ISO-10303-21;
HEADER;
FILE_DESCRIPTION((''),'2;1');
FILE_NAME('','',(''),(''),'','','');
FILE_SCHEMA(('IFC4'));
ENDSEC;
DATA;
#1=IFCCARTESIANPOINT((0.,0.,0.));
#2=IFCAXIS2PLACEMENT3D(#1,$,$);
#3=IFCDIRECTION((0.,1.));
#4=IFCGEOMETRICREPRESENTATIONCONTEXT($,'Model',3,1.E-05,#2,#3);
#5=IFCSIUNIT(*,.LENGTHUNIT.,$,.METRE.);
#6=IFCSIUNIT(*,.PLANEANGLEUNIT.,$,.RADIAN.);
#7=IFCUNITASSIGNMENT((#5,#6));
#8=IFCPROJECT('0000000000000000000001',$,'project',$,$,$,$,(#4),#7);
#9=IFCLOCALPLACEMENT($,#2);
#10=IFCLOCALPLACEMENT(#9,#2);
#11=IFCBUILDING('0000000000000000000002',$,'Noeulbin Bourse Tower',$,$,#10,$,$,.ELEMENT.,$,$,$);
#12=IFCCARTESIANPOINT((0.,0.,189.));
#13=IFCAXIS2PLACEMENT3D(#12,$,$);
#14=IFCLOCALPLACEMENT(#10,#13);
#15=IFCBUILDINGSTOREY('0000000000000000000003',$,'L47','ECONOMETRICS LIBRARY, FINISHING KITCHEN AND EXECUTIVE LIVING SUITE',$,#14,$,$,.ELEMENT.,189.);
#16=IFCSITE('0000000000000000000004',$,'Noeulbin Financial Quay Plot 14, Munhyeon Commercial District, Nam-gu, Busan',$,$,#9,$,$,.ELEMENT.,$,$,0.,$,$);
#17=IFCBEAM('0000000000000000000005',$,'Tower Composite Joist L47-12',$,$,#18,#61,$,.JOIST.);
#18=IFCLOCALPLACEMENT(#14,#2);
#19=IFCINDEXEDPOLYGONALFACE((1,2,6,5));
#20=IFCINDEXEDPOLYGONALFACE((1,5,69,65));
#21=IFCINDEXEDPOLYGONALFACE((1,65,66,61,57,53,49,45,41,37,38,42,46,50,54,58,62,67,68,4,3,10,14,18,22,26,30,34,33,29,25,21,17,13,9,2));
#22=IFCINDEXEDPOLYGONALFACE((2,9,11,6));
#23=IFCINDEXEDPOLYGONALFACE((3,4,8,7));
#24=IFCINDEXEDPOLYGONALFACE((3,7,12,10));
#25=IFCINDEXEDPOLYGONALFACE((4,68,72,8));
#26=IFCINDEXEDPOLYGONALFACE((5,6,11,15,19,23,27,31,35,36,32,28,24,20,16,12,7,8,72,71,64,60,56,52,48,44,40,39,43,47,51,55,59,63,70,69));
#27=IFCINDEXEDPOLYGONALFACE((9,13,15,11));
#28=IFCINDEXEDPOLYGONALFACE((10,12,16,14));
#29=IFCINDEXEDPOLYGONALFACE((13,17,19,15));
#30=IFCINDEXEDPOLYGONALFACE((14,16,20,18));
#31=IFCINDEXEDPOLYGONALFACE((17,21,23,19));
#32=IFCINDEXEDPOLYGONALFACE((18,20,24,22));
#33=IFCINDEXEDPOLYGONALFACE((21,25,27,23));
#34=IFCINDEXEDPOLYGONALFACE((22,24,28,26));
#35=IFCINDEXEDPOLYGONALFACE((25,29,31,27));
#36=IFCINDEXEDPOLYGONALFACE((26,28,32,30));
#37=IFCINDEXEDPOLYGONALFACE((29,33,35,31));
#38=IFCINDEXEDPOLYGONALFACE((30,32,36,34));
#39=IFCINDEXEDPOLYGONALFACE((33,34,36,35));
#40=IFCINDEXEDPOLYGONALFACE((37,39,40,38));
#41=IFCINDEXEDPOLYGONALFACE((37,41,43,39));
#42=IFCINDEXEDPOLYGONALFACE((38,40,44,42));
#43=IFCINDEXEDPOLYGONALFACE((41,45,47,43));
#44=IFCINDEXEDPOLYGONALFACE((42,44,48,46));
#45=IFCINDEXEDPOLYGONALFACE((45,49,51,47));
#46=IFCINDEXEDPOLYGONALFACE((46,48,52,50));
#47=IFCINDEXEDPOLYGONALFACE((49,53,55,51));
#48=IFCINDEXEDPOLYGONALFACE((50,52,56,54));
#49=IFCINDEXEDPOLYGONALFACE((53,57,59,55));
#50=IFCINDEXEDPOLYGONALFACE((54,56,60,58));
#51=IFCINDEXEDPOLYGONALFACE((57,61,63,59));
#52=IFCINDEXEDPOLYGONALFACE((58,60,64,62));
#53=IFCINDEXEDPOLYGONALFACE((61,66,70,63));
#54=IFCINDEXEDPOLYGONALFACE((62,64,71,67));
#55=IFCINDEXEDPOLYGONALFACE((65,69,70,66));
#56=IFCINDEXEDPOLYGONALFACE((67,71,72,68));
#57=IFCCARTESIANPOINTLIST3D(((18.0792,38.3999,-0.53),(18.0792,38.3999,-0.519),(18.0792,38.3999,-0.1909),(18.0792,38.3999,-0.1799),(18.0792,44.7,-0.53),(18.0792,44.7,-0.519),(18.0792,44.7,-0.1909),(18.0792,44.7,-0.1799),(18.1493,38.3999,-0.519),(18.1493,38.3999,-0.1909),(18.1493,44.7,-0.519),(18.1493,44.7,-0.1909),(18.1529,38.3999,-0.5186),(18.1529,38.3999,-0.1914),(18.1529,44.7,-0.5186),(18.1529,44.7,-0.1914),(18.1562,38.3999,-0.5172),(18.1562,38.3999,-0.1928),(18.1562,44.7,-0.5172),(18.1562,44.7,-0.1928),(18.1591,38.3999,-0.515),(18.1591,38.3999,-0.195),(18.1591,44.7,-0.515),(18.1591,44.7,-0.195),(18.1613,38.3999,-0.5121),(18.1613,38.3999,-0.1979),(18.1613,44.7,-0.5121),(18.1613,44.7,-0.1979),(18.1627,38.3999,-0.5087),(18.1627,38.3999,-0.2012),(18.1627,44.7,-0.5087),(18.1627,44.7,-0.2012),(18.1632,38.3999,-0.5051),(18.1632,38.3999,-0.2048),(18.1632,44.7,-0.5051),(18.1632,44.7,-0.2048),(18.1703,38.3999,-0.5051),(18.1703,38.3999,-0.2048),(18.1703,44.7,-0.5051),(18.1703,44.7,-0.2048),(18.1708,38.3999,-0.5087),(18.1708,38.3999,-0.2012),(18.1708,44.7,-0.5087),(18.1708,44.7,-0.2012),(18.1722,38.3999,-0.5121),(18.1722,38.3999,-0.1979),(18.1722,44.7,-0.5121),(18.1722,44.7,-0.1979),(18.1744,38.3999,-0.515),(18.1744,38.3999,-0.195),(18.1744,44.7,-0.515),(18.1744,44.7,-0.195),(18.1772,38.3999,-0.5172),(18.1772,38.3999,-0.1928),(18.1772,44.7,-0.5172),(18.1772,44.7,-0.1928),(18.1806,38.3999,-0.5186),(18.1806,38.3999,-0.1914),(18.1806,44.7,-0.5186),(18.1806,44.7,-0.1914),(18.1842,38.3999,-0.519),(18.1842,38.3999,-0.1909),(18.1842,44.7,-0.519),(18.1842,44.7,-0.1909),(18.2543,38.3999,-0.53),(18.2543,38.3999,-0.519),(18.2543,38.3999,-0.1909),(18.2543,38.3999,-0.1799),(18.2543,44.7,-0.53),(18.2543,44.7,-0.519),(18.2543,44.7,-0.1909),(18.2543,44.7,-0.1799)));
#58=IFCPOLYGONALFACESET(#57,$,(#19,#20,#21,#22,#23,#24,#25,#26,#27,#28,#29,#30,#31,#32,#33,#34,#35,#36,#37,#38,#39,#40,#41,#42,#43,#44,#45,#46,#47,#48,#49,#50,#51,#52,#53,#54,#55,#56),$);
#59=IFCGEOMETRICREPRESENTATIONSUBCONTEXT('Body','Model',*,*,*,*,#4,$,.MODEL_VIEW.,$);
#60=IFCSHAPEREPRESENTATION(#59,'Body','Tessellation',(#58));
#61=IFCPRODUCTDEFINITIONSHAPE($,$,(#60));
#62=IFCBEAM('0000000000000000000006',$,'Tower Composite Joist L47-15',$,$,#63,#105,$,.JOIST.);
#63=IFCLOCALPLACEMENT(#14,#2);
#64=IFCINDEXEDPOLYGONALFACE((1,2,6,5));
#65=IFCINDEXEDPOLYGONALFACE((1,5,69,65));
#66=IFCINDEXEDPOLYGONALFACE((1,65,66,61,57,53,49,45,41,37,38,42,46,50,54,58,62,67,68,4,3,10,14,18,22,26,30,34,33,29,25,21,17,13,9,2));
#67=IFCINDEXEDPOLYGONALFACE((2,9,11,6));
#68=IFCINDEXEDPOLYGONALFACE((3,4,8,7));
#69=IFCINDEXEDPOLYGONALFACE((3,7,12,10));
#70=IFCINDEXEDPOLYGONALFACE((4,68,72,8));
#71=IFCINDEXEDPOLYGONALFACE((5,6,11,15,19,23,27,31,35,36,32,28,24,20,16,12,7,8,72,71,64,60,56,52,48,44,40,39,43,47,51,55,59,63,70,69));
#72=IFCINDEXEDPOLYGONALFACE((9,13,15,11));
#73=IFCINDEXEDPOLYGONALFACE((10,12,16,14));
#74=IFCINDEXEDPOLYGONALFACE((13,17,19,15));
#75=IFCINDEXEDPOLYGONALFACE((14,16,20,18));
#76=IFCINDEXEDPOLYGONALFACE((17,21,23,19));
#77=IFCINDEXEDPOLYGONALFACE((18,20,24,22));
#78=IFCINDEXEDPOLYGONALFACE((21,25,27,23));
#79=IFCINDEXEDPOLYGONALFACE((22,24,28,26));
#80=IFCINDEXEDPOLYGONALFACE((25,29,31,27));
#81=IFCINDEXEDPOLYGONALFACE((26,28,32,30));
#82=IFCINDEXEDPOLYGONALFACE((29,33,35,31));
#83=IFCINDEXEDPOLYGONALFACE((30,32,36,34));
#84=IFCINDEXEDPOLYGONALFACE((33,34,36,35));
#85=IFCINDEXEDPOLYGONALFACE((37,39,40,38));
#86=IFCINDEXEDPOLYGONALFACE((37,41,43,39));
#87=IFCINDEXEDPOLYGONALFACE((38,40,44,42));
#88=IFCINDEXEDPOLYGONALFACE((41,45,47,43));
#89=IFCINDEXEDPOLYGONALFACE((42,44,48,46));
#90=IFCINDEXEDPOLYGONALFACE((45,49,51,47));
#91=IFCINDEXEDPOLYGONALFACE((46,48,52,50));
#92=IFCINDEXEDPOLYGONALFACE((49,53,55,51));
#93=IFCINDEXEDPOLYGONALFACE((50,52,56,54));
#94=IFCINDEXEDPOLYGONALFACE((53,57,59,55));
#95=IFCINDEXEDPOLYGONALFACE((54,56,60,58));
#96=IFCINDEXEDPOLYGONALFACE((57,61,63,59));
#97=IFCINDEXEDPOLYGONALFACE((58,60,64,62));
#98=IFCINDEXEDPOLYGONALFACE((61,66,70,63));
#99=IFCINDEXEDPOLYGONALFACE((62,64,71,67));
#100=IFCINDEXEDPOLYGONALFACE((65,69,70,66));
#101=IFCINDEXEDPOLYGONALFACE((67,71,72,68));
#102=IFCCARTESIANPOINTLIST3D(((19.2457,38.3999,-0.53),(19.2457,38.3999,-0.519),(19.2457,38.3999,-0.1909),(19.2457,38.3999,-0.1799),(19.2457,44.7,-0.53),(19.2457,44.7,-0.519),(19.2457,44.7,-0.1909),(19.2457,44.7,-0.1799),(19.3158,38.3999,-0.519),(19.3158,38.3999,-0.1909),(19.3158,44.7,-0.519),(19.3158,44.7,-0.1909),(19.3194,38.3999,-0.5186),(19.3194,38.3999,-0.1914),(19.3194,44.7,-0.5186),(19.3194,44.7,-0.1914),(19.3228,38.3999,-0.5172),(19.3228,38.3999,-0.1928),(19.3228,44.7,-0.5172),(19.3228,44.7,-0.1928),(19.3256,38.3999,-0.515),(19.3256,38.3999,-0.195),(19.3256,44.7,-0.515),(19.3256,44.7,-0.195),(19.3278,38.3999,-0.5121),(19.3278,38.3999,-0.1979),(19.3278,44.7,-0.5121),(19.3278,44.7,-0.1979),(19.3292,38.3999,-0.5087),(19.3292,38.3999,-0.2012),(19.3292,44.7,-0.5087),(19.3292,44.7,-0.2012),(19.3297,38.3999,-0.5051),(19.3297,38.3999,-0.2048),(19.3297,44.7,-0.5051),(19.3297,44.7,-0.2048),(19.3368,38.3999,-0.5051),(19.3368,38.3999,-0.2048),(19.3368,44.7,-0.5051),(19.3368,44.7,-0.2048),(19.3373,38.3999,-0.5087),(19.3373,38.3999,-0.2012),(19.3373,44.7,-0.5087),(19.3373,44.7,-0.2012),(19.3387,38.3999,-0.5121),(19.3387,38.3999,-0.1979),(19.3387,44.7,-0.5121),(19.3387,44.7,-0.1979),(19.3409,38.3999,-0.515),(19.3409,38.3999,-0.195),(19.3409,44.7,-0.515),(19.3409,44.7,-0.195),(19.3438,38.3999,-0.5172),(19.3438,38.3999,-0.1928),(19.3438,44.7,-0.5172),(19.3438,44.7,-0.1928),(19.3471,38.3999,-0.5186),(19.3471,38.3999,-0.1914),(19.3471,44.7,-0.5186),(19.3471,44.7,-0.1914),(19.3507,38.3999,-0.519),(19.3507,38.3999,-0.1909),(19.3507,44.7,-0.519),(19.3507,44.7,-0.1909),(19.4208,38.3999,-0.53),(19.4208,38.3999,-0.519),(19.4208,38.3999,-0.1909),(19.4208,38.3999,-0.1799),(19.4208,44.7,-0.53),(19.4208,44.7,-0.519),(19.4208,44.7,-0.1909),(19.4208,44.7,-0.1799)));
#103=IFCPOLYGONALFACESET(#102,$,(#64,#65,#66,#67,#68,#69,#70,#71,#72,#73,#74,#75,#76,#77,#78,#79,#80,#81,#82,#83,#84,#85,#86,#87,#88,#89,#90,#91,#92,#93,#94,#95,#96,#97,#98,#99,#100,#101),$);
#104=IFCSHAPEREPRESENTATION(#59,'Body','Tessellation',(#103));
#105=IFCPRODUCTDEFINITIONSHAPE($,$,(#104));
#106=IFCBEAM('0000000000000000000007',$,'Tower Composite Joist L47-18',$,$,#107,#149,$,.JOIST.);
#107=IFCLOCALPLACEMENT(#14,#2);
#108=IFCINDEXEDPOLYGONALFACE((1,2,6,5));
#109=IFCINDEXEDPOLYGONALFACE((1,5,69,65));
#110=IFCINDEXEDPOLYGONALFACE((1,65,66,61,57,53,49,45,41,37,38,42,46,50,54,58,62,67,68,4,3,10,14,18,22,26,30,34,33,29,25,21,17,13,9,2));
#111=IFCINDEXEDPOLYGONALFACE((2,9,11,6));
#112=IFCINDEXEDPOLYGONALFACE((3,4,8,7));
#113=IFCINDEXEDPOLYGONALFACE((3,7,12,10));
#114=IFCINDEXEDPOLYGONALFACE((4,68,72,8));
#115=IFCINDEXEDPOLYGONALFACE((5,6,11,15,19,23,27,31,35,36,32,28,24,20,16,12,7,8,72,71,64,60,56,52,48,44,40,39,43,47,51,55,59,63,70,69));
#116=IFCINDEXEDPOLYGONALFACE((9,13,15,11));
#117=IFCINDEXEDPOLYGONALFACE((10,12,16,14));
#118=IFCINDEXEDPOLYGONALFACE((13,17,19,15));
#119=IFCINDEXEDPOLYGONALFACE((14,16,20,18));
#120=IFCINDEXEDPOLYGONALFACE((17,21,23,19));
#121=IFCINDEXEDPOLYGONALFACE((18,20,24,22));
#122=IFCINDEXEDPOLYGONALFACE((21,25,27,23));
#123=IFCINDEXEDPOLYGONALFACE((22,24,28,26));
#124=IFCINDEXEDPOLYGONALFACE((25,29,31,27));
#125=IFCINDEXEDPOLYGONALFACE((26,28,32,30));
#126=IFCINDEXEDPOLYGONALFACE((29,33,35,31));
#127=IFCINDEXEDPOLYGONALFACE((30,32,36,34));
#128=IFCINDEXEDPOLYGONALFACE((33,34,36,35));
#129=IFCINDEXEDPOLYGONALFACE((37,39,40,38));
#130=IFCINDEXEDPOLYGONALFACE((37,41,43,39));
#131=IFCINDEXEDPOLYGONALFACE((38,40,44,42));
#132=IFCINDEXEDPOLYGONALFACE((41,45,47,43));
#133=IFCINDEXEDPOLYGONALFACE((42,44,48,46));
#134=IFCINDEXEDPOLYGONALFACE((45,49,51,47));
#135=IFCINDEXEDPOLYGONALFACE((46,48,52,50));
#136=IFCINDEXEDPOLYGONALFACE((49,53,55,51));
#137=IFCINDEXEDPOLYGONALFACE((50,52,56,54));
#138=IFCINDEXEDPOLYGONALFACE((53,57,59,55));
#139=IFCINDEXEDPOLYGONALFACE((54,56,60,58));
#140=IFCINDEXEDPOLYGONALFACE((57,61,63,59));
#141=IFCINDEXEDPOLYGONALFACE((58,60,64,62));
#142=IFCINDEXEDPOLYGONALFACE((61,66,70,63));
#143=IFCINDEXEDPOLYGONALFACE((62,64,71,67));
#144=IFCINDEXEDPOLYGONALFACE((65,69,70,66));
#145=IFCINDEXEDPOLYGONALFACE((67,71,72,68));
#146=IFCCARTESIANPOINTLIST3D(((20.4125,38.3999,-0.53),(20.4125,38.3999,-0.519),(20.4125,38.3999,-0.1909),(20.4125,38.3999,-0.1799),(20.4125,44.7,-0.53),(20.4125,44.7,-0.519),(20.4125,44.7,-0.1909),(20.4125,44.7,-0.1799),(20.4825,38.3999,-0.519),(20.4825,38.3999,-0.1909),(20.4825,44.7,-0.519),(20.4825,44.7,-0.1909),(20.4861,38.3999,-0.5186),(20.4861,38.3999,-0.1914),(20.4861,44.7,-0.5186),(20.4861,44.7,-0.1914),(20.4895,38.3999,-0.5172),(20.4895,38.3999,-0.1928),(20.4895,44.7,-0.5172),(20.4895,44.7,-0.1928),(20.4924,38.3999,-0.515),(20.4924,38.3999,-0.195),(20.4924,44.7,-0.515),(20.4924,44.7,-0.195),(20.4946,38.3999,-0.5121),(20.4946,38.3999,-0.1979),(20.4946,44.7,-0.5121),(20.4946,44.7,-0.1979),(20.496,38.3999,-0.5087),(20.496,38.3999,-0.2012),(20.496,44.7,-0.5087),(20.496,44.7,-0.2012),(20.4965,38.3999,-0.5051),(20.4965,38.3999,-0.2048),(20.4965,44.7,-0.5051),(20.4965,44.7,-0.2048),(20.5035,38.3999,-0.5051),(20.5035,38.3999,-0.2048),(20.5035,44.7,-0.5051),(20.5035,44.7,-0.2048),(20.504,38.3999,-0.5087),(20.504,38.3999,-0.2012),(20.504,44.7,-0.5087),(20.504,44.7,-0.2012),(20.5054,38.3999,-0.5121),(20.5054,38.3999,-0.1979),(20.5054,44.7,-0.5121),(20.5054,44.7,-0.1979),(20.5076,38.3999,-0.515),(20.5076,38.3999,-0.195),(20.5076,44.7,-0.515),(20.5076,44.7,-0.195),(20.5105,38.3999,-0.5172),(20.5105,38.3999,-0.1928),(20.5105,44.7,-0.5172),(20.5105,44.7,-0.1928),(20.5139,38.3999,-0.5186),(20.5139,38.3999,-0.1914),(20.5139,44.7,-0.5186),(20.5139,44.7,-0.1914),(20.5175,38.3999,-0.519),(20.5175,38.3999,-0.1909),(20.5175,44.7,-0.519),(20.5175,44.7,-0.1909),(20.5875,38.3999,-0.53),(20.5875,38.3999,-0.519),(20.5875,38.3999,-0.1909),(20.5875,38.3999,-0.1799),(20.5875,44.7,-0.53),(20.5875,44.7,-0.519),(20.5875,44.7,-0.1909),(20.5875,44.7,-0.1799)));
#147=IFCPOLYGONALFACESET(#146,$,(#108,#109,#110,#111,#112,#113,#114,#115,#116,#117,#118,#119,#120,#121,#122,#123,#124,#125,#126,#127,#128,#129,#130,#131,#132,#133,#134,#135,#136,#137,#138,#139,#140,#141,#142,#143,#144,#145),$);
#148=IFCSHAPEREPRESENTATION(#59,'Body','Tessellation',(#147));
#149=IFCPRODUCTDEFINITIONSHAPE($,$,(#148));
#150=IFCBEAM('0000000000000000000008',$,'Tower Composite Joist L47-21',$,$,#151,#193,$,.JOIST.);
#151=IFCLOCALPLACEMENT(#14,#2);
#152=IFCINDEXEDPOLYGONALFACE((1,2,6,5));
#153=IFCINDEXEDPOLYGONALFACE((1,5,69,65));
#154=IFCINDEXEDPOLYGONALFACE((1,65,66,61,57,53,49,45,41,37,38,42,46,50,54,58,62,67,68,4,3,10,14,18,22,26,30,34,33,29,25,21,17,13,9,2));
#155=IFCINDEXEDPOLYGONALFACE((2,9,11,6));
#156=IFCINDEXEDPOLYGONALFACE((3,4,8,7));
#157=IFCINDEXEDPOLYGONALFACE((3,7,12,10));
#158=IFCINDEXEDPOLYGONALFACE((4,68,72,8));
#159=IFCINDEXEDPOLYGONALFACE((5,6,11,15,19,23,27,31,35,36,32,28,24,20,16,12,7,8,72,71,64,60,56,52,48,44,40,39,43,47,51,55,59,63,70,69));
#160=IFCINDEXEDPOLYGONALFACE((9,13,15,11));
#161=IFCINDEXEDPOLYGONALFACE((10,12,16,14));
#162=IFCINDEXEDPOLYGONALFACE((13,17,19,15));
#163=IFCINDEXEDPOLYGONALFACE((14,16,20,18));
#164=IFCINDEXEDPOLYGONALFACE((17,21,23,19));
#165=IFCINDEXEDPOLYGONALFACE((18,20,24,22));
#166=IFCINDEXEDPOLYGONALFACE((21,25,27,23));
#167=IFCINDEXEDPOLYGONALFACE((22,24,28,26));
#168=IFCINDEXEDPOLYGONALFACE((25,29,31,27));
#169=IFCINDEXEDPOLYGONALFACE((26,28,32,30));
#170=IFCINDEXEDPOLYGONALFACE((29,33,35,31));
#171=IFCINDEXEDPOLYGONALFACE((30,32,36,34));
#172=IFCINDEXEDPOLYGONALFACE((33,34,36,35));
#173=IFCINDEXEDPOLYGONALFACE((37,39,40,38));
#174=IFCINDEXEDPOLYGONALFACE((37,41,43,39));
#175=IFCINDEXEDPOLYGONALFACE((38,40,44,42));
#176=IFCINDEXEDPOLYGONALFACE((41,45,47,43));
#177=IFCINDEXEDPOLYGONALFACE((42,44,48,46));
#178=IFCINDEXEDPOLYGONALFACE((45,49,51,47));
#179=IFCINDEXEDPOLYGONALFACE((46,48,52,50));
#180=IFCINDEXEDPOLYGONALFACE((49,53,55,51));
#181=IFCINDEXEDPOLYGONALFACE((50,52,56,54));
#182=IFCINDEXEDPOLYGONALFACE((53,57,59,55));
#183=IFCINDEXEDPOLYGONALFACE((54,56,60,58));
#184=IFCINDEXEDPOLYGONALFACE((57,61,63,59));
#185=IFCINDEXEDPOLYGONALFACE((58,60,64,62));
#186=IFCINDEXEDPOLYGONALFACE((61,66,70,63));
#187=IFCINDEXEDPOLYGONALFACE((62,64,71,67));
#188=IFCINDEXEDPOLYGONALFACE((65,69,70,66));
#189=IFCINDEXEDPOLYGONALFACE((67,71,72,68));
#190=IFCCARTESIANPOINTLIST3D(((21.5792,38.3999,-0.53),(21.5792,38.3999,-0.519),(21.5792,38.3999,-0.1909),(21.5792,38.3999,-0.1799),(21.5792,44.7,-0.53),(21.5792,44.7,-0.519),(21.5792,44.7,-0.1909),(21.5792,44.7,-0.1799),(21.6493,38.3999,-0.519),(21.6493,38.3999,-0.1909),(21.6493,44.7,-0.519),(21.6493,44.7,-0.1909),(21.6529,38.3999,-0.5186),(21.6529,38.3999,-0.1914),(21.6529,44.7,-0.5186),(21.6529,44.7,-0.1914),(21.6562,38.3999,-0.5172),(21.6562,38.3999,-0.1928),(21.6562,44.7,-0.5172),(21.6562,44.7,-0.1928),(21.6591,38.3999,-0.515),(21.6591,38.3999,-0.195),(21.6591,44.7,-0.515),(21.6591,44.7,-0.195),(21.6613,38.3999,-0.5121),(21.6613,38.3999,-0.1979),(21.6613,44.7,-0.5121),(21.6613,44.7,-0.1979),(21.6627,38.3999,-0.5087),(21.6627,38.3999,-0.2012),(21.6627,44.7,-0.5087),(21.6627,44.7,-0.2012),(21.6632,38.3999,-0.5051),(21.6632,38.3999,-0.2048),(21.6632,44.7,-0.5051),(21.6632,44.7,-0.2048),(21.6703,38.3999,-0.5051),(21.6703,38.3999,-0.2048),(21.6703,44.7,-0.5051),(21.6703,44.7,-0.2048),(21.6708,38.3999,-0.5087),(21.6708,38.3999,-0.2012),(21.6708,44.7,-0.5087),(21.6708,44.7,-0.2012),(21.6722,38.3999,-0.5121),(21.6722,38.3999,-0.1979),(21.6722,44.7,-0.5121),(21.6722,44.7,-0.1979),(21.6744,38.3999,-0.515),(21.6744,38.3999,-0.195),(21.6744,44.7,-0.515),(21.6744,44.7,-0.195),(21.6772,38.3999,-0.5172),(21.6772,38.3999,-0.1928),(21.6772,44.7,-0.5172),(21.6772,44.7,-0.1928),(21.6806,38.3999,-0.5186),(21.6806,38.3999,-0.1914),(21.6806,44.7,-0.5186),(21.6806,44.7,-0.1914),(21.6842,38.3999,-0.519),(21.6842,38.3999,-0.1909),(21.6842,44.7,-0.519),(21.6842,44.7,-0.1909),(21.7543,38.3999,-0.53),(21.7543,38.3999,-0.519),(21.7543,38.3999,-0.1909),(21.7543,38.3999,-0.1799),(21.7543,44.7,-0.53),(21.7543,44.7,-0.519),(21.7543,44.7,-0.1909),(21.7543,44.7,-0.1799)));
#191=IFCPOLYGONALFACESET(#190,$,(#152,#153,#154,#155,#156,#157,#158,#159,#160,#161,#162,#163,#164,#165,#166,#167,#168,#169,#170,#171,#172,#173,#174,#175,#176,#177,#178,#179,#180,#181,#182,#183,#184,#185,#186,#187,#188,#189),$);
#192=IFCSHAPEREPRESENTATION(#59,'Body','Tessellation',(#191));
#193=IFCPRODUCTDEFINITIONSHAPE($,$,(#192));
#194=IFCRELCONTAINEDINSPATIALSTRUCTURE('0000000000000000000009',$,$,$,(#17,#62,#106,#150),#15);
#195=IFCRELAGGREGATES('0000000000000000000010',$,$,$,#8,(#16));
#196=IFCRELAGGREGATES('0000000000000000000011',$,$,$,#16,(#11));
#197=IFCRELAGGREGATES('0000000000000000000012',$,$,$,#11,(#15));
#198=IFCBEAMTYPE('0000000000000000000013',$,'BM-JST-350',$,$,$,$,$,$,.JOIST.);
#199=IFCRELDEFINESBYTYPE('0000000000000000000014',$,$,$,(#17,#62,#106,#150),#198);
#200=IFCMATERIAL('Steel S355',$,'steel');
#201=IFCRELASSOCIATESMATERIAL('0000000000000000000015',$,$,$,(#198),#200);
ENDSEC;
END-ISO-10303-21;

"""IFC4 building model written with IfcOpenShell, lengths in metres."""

from ifc_helpers import new_model, si_unit, direction, frame, origin, origin_2d, place, context, subcontext, project, spatial, i_section, extrude, material, material_profile, profile_set, type_object, element, save


model = new_model("IFC4")

# Units and contexts
model_context = context("Model", 3, precision=1e-05, world=origin(), true_north=direction((0.0, 1.0)))
body_context = subcontext(model_context, "Body", "Model", "MODEL_VIEW")
ifc_project = project(units=[si_unit("LENGTHUNIT", "METRE"), si_unit("PLANEANGLEUNIT", "RADIAN")], contexts=[model_context])

# Site, building, storey
site_placement = place(None, origin())
site = spatial("IfcSite", under=ifc_project, at=site_placement, Name="Noeulbin Financial Quay Plot 14, Munhyeon Commercial District, Nam-gu, Busan", CompositionType="ELEMENT", RefElevation=0.0)
building_placement = place(site_placement, origin())
building = spatial("IfcBuilding", under=site, at=building_placement, Name="Noeulbin Bourse Tower", CompositionType="ELEMENT")
storey_placement = place(building_placement, frame((0.0, 0.0, 189.0)))
storey = spatial("IfcBuildingStorey", under=building, at=storey_placement, Name="L47", Description="ECONOMETRICS LIBRARY, FINISHING KITCHEN AND EXECUTIVE LIVING SUITE", CompositionType="ELEMENT", Elevation=189.0)

# Shared definitions
ifc_material_1 = material(Name="Steel S355", Category="steel")

# Beams
ifc_material_profile_1 = material_profile(ifc_material_1, i_section(OverallWidth=0.175, OverallDepth=0.3501, WebThickness=0.0071, FlangeThickness=0.011, FilletRadius=0.0139, at=origin_2d()), Name="H-350x175x7x11", Category="LoadBearing")
ifc_profile_set_1 = profile_set([ifc_material_profile_1], Name="Steel S355")
beam_type_1 = type_object("IfcBeamType", Name="BM-JST-350", PredefinedType="JOIST", material=ifc_profile_set_1)
for number, where, z_axis, x_axis, name in (
    (1, (18.1667, 38.3999, -0.355), (0.0, 1.0, 0.0), (-1.0, 0.0, 0.0), "Tower Composite Joist L47-12"),
    (2, (19.3333, 38.3999, -0.355), (0.0, 1.0, 0.0), (-1.0, 0.0, 0.0), "Tower Composite Joist L47-15"),
    (3, (20.5, 38.3999, -0.355), (0.0, 1.0, 0.0), (-1.0, 0.0, 0.0), "Tower Composite Joist L47-18"),
    (4, (21.6667, 38.3999, -0.355), (0.0, 1.0, 0.0), (-1.0, 0.0, 0.0), "Tower Composite Joist L47-21"),
):
    element("IfcBeam", number, at=place(storey_placement, frame(where, z_axis=z_axis, x_axis=x_axis)), inside=storey, type_object=beam_type_1, Name=name, PredefinedType="JOIST", context=body_context, shape_type="SweptSolid", body=[
        extrude(i_section(OverallWidth=0.175, OverallDepth=0.3501, WebThickness=0.0071, FlangeThickness=0.011, FilletRadius=0.0139, at=origin_2d()), origin(), (0.0, 0.0, 1.0), 6.3),
    ])

save(model, "model.ifc")
